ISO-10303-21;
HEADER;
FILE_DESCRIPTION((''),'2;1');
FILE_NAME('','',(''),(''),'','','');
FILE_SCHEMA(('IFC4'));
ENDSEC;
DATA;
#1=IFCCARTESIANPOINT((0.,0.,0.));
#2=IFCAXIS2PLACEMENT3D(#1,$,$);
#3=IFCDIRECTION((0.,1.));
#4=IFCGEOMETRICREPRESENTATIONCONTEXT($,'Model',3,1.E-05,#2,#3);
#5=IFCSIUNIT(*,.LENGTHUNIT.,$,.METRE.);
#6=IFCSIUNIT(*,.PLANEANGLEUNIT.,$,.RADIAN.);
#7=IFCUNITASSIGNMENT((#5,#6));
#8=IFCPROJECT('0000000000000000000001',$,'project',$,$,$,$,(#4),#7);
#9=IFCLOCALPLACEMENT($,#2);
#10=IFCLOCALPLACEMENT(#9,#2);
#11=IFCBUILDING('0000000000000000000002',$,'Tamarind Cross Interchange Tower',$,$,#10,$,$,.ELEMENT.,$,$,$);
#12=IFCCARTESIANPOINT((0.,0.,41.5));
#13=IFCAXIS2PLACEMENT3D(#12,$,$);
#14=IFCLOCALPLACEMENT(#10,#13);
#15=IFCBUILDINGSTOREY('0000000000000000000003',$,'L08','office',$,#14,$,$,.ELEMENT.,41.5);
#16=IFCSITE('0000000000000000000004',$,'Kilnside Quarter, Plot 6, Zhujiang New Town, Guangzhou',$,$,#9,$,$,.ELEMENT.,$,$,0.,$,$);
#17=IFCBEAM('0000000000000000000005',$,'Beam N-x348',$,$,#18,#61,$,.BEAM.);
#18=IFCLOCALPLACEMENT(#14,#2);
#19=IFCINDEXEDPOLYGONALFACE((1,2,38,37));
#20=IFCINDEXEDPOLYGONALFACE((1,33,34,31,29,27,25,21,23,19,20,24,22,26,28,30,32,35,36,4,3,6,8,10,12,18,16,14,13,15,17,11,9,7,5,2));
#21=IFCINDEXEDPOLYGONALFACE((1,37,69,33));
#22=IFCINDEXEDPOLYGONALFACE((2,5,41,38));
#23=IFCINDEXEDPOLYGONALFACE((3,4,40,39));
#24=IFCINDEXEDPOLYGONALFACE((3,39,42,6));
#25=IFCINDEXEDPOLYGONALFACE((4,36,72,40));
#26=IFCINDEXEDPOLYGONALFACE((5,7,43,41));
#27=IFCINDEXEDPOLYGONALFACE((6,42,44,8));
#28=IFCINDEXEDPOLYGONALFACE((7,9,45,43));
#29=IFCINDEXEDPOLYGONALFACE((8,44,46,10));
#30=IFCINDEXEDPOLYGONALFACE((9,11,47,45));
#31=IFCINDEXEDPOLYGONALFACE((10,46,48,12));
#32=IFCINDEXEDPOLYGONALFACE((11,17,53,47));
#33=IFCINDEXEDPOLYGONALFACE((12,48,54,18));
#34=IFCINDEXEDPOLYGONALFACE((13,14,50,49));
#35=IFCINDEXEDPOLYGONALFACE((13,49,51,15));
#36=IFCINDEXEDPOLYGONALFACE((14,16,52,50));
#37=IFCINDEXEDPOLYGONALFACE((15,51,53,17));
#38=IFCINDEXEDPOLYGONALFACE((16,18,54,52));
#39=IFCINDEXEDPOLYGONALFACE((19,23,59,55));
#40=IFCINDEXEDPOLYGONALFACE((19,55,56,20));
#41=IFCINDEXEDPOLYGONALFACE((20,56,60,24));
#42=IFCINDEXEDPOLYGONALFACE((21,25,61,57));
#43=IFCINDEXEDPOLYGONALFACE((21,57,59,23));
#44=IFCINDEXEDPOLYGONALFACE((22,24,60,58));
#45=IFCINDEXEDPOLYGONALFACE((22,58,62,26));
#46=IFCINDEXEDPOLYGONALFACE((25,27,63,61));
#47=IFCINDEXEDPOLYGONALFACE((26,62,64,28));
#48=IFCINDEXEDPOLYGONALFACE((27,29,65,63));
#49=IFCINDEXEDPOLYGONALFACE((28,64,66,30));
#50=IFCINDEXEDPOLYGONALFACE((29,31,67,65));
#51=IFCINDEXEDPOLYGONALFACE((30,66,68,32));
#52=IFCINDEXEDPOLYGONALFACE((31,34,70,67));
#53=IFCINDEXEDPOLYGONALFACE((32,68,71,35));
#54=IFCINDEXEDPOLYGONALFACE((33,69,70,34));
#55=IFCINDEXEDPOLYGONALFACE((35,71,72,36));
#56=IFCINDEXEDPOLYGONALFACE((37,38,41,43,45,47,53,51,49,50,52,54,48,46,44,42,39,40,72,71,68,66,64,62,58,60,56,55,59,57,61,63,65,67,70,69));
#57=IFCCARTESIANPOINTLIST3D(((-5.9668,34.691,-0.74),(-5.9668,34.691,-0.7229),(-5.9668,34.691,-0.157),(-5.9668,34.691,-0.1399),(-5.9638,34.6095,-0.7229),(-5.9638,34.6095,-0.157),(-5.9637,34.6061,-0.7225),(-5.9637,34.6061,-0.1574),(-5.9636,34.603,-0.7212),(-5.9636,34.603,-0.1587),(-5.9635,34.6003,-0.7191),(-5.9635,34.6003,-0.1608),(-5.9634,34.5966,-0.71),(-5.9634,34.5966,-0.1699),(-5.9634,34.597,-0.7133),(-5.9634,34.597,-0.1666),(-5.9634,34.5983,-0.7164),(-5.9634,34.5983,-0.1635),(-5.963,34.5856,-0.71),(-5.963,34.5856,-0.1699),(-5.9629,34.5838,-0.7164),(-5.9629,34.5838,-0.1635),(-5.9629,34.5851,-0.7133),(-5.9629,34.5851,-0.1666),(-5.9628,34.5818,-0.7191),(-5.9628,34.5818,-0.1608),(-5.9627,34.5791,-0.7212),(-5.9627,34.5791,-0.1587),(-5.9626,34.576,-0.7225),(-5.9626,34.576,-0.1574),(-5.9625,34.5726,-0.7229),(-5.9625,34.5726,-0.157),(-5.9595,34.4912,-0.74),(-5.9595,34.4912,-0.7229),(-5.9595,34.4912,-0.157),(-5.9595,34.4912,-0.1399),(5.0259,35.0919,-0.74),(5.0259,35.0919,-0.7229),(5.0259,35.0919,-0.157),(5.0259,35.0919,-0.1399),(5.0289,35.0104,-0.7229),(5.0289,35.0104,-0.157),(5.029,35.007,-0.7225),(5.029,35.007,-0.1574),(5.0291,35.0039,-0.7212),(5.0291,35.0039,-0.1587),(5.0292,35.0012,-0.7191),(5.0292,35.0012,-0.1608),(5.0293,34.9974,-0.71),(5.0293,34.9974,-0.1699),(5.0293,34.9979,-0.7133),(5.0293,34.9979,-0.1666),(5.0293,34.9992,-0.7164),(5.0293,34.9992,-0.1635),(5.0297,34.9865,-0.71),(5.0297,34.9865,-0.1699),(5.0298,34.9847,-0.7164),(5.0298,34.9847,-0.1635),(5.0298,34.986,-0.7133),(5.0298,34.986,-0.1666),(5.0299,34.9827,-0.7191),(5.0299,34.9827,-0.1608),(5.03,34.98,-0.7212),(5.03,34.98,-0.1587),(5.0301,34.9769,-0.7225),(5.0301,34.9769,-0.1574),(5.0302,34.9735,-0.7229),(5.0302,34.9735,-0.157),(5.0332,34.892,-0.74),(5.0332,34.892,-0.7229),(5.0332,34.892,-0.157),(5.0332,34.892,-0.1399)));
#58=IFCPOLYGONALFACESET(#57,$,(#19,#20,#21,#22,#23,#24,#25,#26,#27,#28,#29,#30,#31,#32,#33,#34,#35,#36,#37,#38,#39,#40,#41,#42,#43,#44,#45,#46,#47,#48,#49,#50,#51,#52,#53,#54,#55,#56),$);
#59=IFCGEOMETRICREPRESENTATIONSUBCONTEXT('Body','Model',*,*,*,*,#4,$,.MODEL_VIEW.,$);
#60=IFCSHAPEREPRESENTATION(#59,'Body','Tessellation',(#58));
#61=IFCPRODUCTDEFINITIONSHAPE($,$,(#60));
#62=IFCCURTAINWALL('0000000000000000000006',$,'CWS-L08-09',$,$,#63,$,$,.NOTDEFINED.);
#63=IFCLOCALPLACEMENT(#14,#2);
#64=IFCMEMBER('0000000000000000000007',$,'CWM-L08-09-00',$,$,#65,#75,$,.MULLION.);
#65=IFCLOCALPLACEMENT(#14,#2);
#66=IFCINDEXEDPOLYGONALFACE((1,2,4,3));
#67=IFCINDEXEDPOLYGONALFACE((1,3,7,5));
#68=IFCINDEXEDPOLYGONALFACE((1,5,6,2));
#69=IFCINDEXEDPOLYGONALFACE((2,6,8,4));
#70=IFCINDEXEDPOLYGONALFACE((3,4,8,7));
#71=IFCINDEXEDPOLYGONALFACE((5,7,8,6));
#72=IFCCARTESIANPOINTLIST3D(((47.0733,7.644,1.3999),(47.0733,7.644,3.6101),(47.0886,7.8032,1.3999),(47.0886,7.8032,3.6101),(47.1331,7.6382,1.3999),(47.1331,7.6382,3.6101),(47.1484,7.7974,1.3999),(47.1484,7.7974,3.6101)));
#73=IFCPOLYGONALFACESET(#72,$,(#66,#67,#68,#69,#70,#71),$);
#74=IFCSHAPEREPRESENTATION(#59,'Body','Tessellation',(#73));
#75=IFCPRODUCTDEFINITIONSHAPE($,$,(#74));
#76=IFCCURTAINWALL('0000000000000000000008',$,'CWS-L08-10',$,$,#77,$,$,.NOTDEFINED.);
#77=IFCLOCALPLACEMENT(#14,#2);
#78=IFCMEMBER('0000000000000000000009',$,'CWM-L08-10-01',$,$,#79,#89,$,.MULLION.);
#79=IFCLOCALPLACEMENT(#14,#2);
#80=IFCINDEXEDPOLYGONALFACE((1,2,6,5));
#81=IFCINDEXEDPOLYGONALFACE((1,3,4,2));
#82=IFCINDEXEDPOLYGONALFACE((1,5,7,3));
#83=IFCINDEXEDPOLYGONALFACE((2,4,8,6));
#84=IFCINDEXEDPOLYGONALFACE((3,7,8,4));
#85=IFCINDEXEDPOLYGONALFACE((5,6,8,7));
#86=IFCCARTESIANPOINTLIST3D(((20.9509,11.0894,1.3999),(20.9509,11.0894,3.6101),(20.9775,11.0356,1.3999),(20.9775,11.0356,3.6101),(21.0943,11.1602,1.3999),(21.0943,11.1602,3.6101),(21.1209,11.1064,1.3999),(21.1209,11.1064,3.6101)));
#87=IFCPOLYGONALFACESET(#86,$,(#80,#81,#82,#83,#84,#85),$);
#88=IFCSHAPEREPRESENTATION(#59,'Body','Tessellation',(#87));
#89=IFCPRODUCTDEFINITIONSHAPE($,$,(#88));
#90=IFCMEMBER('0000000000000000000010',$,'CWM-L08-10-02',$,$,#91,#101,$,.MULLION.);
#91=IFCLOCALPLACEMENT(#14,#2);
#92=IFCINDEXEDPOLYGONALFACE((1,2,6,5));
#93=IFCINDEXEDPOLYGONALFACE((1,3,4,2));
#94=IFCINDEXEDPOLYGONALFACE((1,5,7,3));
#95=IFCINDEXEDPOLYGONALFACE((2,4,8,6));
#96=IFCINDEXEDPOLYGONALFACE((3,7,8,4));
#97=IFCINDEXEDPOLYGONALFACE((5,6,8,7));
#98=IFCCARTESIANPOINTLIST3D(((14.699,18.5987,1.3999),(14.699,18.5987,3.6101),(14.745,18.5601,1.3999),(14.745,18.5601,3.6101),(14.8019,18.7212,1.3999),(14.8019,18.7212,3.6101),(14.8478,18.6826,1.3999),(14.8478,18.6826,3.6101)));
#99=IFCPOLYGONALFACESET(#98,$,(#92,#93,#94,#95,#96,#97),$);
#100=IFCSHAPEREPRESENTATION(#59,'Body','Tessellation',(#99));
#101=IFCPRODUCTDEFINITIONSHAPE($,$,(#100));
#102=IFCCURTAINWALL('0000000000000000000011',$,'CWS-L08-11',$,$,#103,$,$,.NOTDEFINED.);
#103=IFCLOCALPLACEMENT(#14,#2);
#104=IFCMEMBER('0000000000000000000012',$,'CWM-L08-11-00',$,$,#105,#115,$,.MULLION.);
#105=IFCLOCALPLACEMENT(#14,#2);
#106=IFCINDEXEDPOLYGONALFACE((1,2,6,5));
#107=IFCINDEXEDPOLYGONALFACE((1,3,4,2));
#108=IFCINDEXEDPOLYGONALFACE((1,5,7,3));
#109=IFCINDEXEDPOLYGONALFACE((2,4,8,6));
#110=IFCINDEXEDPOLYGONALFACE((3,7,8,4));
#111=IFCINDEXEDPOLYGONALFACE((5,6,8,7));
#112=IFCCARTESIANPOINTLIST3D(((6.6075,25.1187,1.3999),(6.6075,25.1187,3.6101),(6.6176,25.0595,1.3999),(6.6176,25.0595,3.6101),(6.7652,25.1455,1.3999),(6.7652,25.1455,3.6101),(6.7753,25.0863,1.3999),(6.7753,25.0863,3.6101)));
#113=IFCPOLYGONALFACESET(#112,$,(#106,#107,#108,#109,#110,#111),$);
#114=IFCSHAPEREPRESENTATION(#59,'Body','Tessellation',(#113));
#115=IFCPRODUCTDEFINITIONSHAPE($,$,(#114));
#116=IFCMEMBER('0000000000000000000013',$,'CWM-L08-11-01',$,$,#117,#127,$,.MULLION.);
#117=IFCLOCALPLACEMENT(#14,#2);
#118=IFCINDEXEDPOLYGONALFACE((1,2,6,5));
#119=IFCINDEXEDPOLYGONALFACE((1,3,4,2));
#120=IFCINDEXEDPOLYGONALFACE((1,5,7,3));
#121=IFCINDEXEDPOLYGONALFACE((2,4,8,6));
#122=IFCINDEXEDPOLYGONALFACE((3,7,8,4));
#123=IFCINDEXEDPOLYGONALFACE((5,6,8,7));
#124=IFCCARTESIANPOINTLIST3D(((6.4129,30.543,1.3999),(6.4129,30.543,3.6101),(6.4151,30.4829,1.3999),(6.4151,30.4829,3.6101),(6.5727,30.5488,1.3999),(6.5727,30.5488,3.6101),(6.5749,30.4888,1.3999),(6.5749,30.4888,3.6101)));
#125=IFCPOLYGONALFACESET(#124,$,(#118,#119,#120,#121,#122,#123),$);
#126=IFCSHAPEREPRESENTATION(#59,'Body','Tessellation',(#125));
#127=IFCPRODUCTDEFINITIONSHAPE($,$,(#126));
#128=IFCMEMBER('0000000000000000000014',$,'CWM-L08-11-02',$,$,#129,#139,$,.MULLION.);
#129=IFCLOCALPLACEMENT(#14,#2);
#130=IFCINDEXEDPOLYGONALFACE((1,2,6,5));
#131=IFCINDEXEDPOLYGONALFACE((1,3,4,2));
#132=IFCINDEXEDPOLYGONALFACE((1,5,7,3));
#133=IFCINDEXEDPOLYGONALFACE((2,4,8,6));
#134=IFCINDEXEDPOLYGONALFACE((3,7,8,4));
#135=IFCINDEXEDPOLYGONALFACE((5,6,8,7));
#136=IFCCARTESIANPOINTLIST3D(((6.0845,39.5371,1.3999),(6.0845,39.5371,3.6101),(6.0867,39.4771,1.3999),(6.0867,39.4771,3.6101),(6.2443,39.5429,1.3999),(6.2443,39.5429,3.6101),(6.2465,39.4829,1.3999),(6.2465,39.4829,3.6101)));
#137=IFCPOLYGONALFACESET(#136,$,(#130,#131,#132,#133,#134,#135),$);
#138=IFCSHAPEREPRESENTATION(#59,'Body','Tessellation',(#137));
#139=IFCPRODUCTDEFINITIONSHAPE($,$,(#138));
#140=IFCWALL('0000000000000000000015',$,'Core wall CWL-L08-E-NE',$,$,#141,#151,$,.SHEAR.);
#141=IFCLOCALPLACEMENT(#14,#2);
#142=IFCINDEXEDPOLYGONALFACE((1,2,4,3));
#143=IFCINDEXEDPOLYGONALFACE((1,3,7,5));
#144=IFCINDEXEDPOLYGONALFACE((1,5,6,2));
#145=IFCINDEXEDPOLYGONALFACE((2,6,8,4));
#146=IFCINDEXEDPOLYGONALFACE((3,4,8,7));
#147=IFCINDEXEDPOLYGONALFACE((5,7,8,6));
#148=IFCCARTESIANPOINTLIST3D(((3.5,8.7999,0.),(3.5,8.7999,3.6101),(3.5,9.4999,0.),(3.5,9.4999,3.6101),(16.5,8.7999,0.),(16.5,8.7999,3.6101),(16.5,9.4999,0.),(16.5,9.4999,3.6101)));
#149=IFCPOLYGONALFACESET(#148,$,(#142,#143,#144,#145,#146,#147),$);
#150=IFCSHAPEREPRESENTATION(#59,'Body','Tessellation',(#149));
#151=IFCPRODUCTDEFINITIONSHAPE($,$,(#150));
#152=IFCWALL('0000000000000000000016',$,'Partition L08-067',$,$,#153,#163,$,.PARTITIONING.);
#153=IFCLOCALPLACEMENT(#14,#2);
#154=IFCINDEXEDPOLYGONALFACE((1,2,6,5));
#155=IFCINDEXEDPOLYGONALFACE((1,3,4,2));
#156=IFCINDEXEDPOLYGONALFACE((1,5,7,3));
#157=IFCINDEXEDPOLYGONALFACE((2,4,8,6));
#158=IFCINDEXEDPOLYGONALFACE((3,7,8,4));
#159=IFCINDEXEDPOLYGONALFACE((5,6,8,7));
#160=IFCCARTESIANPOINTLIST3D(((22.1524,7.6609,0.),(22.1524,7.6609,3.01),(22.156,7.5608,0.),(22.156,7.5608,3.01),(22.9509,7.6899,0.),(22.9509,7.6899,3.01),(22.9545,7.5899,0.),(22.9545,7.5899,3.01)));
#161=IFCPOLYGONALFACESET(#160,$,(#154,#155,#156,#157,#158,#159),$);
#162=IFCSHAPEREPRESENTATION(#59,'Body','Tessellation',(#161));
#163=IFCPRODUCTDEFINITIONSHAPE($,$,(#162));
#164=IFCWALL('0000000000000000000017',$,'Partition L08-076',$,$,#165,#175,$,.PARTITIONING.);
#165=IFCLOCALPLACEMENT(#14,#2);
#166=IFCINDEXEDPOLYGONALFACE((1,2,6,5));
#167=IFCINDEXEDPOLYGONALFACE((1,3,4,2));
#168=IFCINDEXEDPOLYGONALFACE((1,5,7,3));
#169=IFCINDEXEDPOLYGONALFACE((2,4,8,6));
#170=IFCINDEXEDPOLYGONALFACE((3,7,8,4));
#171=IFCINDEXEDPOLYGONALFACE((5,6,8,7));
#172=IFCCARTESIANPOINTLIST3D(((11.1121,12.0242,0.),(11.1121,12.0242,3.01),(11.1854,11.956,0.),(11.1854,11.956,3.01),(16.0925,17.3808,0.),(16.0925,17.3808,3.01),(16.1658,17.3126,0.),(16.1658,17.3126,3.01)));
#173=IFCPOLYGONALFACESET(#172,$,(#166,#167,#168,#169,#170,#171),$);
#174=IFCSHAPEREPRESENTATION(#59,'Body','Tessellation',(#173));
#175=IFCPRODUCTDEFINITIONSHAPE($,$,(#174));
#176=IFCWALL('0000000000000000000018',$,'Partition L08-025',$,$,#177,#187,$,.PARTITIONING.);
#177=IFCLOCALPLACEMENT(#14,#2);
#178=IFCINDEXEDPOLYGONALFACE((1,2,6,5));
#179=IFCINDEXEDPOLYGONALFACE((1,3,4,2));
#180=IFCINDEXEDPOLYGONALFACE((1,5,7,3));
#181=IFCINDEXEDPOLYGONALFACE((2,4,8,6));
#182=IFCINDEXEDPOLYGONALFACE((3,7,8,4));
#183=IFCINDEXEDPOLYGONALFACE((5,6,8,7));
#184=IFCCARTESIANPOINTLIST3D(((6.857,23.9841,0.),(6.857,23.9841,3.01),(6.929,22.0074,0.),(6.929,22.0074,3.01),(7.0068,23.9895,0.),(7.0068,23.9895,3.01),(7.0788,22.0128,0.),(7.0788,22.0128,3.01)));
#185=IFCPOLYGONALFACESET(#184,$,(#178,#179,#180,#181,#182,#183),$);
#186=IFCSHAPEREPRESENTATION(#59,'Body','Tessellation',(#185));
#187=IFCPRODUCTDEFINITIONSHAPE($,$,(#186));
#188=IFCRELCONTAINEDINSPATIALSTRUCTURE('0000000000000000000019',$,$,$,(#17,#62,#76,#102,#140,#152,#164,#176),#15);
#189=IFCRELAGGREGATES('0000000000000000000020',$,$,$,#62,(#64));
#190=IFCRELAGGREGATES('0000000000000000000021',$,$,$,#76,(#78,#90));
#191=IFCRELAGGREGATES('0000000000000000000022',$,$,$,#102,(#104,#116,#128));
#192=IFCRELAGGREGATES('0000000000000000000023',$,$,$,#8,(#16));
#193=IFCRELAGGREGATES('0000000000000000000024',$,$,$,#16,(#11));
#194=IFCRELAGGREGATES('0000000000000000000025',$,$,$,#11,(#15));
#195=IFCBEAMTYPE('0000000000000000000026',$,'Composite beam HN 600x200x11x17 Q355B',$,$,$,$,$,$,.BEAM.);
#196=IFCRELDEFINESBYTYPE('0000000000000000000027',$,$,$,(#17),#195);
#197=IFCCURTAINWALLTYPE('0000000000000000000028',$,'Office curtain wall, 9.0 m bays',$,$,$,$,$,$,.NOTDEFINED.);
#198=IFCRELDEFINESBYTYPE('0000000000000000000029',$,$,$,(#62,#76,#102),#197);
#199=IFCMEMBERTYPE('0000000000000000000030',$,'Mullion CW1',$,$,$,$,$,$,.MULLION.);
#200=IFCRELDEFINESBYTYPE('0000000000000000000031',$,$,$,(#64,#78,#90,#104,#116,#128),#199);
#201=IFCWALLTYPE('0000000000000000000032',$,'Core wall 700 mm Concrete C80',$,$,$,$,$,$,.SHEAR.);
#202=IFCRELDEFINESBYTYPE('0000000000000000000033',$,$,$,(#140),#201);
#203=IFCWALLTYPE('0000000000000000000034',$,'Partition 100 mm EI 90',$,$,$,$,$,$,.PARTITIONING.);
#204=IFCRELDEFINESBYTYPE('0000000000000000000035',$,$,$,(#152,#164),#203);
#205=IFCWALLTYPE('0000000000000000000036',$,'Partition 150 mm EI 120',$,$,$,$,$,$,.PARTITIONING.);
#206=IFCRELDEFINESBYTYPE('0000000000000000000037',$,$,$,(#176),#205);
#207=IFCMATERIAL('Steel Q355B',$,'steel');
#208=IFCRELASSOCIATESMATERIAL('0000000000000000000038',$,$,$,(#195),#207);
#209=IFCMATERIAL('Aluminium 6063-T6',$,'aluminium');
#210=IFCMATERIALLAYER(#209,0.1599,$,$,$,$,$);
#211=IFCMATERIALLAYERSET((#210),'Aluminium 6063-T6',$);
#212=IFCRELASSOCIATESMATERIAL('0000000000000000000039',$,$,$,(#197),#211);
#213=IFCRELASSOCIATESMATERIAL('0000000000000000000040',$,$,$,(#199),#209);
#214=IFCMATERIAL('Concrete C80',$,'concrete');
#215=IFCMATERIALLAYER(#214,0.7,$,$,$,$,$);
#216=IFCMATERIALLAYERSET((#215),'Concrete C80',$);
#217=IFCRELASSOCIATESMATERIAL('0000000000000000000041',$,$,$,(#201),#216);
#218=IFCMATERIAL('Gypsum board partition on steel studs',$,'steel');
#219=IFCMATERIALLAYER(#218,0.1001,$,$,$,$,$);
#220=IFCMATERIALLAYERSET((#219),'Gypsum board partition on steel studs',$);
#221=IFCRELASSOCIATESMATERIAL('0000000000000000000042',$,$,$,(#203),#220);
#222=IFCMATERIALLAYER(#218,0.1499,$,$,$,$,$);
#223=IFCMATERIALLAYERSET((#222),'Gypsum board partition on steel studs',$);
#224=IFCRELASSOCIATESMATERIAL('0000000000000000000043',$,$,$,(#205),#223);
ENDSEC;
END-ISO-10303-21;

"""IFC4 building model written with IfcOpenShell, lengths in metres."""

from ifc_helpers import new_model, si_unit, direction, frame, frame_2d, origin, origin_2d, place, context, subcontext, project, spatial, rectangle, i_section, extrude, material, layer, layer_set, material_profile, profile_set, type_object, element, aggregate, save


model = new_model("IFC4")

# Units and contexts
model_context = context("Model", 3, precision=1e-05, world=origin(), true_north=direction((0.0, 1.0)))
body_context = subcontext(model_context, "Body", "Model", "MODEL_VIEW")
ifc_project = project(units=[si_unit("LENGTHUNIT", "METRE"), si_unit("PLANEANGLEUNIT", "RADIAN")], contexts=[model_context])

# Site, building, storey
site_placement = place(None, origin())
site = spatial("IfcSite", under=ifc_project, at=site_placement, Name="Kilnside Quarter, Plot 6, Zhujiang New Town, Guangzhou", CompositionType="ELEMENT", RefElevation=0.0)
building_placement = place(site_placement, origin())
building = spatial("IfcBuilding", under=site, at=building_placement, Name="Tamarind Cross Interchange Tower", CompositionType="ELEMENT")
storey_placement = place(building_placement, frame((0.0, 0.0, 41.5)))
storey = spatial("IfcBuildingStorey", under=building, at=storey_placement, Name="L08", Description="office", CompositionType="ELEMENT", Elevation=41.5)

# Beam
ifc_material_1 = material(Name="Steel Q355B", Category="steel")
ifc_material_profile_1 = material_profile(ifc_material_1, i_section(OverallWidth=0.2, OverallDepth=0.6001, WebThickness=0.011, FlangeThickness=0.0171, FilletRadius=0.0129, at=origin_2d()), Name="HN 600x200x11x17")
ifc_profile_set_1 = profile_set([ifc_material_profile_1], Name="Steel Q355B")
beam_type_1 = type_object("IfcBeamType", Name="Composite beam HN 600x200x11x17 Q355B", PredefinedType="BEAM", material=ifc_profile_set_1)
for number, where, z_axis, x_axis, name in (
    (1, (5.0295, 34.9919, -0.4399), (-0.999336, -0.036444, 0.0), (0.036444, -0.999336, 0.0), "Beam N-x348"),
):
    element("IfcBeam", number, at=place(storey_placement, frame(where, z_axis=z_axis, x_axis=x_axis)), inside=storey, type_object=beam_type_1, Name=name, PredefinedType="BEAM", context=body_context, shape_type="SweptSolid", body=[
        extrude(i_section(OverallWidth=0.2, OverallDepth=0.6001, WebThickness=0.011, FlangeThickness=0.0171, FilletRadius=0.0129, at=origin_2d()), origin(), (0.0, 0.0, 1.0), 11.0),
    ])

# Curtain wall, member
ifc_material_2 = material(Name="Aluminium 6063-T6", Category="aluminium")
ifc_layer_1 = layer(ifc_material_2, 0.1599)
ifc_layer_set_1 = layer_set([ifc_layer_1], Name="Aluminium 6063-T6")
curtain_wall_type = type_object("IfcCurtainWallType", Name="Office curtain wall, 9.0 m bays", PredefinedType="NOTDEFINED", material=ifc_layer_set_1)
curtain_wall_1_placement = place(storey_placement, origin())
curtain_wall_1 = element("IfcCurtainWall", 2, at=curtain_wall_1_placement, inside=storey, type_object=curtain_wall_type, Name="CWS-L08-09", PredefinedType="NOTDEFINED")
ifc_material_profile_2 = material_profile(ifc_material_2, rectangle(XDim=0.0601, YDim=0.1599, at=origin_2d()), Name="Mullion CW1")
ifc_profile_set_2 = profile_set([ifc_material_profile_2], Name="Aluminium 6063-T6")
member_type = type_object("IfcMemberType", Name="Mullion CW1", PredefinedType="MULLION", material=ifc_profile_set_2)
member_1_placement = place(storey_placement, frame((47.1108, 7.7207, 1.3999), z_axis=(0.0, 0.0, 1.0), x_axis=(-0.995444, 0.095345, 0.0)))
member_1 = element("IfcMember", 3, at=member_1_placement, type_object=member_type, Name="CWM-L08-09-00", PredefinedType="MULLION", context=body_context, shape_type="SweptSolid", body=[
    extrude(rectangle(XDim=0.0601, YDim=0.1599, at=origin_2d()), origin(), (0.0, 0.0, 1.0), 2.2102),
])
aggregate(curtain_wall_1, [member_1])

# Curtain walls, members
curtain_wall_2_placement = place(storey_placement, origin())
curtain_wall_2 = element("IfcCurtainWall", 4, at=curtain_wall_2_placement, inside=storey, type_object=curtain_wall_type, Name="CWS-L08-10", PredefinedType="NOTDEFINED")
member_2_placement = place(storey_placement, frame((21.0359, 11.0979, 1.3999), z_axis=(0.0, 0.0, 1.0), x_axis=(-0.443059, 0.896493, 0.0)))
member_2 = element("IfcMember", 5, at=member_2_placement, type_object=member_type, Name="CWM-L08-10-01", PredefinedType="MULLION", context=body_context, shape_type="SweptSolid", body=[
    extrude(rectangle(XDim=0.0601, YDim=0.1599, at=origin_2d()), origin(), (0.0, 0.0, 1.0), 2.2102),
])
member_3_placement = place(storey_placement, frame((14.7734, 18.6406, 1.3999), z_axis=(0.0, 0.0, 1.0), x_axis=(-0.765858, 0.643009, 0.0)))
member_3 = element("IfcMember", 6, at=member_3_placement, type_object=member_type, Name="CWM-L08-10-02", PredefinedType="MULLION", context=body_context, shape_type="SweptSolid", body=[
    extrude(rectangle(XDim=0.0601, YDim=0.1599, at=origin_2d()), origin(), (0.0, 0.0, 1.0), 2.2102),
])
aggregate(curtain_wall_2, [member_2, member_3])
curtain_wall_3_placement = place(storey_placement, origin())
curtain_wall_3 = element("IfcCurtainWall", 7, at=curtain_wall_3_placement, inside=storey, type_object=curtain_wall_type, Name="CWS-L08-11", PredefinedType="NOTDEFINED")
member_4_placement = place(storey_placement, frame((6.6914, 25.1025, 1.3999), z_axis=(0.0, 0.0, 1.0), x_axis=(-0.16765, 0.985847, 0.0)))
member_4 = element("IfcMember", 8, at=member_4_placement, type_object=member_type, Name="CWM-L08-11-00", PredefinedType="MULLION", context=body_context, shape_type="SweptSolid", body=[
    extrude(rectangle(XDim=0.0601, YDim=0.1599, at=origin_2d()), origin(), (0.0, 0.0, 1.0), 2.2102),
])
member_5_placement = place(storey_placement, frame((6.4939, 30.5159, 1.3999), z_axis=(0.0, 0.0, 1.0), x_axis=(-0.036462, 0.999335, 0.0)))
member_5 = element("IfcMember", 9, at=member_5_placement, type_object=member_type, Name="CWM-L08-11-01", PredefinedType="MULLION", context=body_context, shape_type="SweptSolid", body=[
    extrude(rectangle(XDim=0.0601, YDim=0.1599, at=origin_2d()), origin(), (0.0, 0.0, 1.0), 2.2102),
])
member_6_placement = place(storey_placement, frame((6.1655, 39.51, 1.3999), z_axis=(0.0, 0.0, 1.0), x_axis=(-0.036462, 0.999335, 0.0)))
member_6 = element("IfcMember", 10, at=member_6_placement, type_object=member_type, Name="CWM-L08-11-02", PredefinedType="MULLION", context=body_context, shape_type="SweptSolid", body=[
    extrude(rectangle(XDim=0.0601, YDim=0.1599, at=origin_2d()), origin(), (0.0, 0.0, 1.0), 2.2102),
])
aggregate(curtain_wall_3, [member_4, member_5, member_6])

# Walls
ifc_material_3 = material(Name="Concrete C80", Category="concrete")
ifc_layer_2 = layer(ifc_material_3, 0.7)
ifc_layer_set_2 = layer_set([ifc_layer_2], Name="Concrete C80")
wall_type_1 = type_object("IfcWallType", Name="Core wall 700 mm Concrete C80", PredefinedType="SHEAR", material=ifc_layer_set_2)
wall_1_placement = place(storey_placement, frame((16.5, 9.1499, 0.0), z_axis=(0.0, 0.0, 1.0), x_axis=(-1.0, 0.0, 0.0)))
element("IfcWall", 11, at=wall_1_placement, inside=storey, type_object=wall_type_1, Name="Core wall CWL-L08-E-NE", PredefinedType="SHEAR", context=body_context, shape_type="SweptSolid", body=[
    extrude(rectangle(XDim=13.0, YDim=0.7, at=frame_2d((6.5, 0.0))), origin(), (0.0, 0.0, 1.0), 3.6101),
])
ifc_material_4 = material(Name="Gypsum board partition on steel studs", Category="steel")
ifc_layer_3 = layer(ifc_material_4, 0.1001)
ifc_layer_set_3 = layer_set([ifc_layer_3], Name="Gypsum board partition on steel studs")
wall_type_2 = type_object("IfcWallType", Name="Partition 100 mm EI 90", PredefinedType="PARTITIONING", material=ifc_layer_set_3)
wall_2_placement = place(storey_placement, frame((22.1543, 7.6108, 0.0), z_axis=(0.0, 0.0, 1.0), x_axis=(0.999339, 0.036356, 0.0)))
element("IfcWall", 12, at=wall_2_placement, inside=storey, type_object=wall_type_2, Name="Partition L08-067", PredefinedType="PARTITIONING", context=body_context, shape_type="SweptSolid", body=[
    extrude(rectangle(XDim=0.7991, YDim=0.1001, at=frame_2d((0.3994, 0.0))), origin(), (0.0, 0.0, 1.0), 3.01),
])
wall_3_placement = place(storey_placement, frame((11.1487, 11.99, 0.0), z_axis=(0.0, 0.0, 1.0), x_axis=(0.680921, 0.732357, 0.0)))
element("IfcWall", 13, at=wall_3_placement, inside=storey, type_object=wall_type_2, Name="Partition L08-076", PredefinedType="PARTITIONING", context=body_context, shape_type="SweptSolid", body=[
    extrude(rectangle(XDim=7.3142, YDim=0.1001, at=frame_2d((3.6572, 0.0))), origin(), (0.0, 0.0, 1.0), 3.01),
])
ifc_layer_4 = layer(ifc_material_4, 0.1499)
ifc_layer_set_4 = layer_set([ifc_layer_4], Name="Gypsum board partition on steel studs")
wall_type_3 = type_object("IfcWallType", Name="Partition 150 mm EI 120", PredefinedType="PARTITIONING", material=ifc_layer_set_4)
wall_4_placement = place(storey_placement, frame((6.9319, 23.9868, 0.0), z_axis=(0.0, 0.0, 1.0), x_axis=(0.036409, -0.999337, 0.0)))
element("IfcWall", 14, at=wall_4_placement, inside=storey, type_object=wall_type_3, Name="Partition L08-025", PredefinedType="PARTITIONING", context=body_context, shape_type="SweptSolid", body=[
    extrude(rectangle(XDim=1.978, YDim=0.1499, at=frame_2d((0.989, 0.0))), origin(), (0.0, 0.0, 1.0), 3.01),
])

save(model, "model.ifc")
